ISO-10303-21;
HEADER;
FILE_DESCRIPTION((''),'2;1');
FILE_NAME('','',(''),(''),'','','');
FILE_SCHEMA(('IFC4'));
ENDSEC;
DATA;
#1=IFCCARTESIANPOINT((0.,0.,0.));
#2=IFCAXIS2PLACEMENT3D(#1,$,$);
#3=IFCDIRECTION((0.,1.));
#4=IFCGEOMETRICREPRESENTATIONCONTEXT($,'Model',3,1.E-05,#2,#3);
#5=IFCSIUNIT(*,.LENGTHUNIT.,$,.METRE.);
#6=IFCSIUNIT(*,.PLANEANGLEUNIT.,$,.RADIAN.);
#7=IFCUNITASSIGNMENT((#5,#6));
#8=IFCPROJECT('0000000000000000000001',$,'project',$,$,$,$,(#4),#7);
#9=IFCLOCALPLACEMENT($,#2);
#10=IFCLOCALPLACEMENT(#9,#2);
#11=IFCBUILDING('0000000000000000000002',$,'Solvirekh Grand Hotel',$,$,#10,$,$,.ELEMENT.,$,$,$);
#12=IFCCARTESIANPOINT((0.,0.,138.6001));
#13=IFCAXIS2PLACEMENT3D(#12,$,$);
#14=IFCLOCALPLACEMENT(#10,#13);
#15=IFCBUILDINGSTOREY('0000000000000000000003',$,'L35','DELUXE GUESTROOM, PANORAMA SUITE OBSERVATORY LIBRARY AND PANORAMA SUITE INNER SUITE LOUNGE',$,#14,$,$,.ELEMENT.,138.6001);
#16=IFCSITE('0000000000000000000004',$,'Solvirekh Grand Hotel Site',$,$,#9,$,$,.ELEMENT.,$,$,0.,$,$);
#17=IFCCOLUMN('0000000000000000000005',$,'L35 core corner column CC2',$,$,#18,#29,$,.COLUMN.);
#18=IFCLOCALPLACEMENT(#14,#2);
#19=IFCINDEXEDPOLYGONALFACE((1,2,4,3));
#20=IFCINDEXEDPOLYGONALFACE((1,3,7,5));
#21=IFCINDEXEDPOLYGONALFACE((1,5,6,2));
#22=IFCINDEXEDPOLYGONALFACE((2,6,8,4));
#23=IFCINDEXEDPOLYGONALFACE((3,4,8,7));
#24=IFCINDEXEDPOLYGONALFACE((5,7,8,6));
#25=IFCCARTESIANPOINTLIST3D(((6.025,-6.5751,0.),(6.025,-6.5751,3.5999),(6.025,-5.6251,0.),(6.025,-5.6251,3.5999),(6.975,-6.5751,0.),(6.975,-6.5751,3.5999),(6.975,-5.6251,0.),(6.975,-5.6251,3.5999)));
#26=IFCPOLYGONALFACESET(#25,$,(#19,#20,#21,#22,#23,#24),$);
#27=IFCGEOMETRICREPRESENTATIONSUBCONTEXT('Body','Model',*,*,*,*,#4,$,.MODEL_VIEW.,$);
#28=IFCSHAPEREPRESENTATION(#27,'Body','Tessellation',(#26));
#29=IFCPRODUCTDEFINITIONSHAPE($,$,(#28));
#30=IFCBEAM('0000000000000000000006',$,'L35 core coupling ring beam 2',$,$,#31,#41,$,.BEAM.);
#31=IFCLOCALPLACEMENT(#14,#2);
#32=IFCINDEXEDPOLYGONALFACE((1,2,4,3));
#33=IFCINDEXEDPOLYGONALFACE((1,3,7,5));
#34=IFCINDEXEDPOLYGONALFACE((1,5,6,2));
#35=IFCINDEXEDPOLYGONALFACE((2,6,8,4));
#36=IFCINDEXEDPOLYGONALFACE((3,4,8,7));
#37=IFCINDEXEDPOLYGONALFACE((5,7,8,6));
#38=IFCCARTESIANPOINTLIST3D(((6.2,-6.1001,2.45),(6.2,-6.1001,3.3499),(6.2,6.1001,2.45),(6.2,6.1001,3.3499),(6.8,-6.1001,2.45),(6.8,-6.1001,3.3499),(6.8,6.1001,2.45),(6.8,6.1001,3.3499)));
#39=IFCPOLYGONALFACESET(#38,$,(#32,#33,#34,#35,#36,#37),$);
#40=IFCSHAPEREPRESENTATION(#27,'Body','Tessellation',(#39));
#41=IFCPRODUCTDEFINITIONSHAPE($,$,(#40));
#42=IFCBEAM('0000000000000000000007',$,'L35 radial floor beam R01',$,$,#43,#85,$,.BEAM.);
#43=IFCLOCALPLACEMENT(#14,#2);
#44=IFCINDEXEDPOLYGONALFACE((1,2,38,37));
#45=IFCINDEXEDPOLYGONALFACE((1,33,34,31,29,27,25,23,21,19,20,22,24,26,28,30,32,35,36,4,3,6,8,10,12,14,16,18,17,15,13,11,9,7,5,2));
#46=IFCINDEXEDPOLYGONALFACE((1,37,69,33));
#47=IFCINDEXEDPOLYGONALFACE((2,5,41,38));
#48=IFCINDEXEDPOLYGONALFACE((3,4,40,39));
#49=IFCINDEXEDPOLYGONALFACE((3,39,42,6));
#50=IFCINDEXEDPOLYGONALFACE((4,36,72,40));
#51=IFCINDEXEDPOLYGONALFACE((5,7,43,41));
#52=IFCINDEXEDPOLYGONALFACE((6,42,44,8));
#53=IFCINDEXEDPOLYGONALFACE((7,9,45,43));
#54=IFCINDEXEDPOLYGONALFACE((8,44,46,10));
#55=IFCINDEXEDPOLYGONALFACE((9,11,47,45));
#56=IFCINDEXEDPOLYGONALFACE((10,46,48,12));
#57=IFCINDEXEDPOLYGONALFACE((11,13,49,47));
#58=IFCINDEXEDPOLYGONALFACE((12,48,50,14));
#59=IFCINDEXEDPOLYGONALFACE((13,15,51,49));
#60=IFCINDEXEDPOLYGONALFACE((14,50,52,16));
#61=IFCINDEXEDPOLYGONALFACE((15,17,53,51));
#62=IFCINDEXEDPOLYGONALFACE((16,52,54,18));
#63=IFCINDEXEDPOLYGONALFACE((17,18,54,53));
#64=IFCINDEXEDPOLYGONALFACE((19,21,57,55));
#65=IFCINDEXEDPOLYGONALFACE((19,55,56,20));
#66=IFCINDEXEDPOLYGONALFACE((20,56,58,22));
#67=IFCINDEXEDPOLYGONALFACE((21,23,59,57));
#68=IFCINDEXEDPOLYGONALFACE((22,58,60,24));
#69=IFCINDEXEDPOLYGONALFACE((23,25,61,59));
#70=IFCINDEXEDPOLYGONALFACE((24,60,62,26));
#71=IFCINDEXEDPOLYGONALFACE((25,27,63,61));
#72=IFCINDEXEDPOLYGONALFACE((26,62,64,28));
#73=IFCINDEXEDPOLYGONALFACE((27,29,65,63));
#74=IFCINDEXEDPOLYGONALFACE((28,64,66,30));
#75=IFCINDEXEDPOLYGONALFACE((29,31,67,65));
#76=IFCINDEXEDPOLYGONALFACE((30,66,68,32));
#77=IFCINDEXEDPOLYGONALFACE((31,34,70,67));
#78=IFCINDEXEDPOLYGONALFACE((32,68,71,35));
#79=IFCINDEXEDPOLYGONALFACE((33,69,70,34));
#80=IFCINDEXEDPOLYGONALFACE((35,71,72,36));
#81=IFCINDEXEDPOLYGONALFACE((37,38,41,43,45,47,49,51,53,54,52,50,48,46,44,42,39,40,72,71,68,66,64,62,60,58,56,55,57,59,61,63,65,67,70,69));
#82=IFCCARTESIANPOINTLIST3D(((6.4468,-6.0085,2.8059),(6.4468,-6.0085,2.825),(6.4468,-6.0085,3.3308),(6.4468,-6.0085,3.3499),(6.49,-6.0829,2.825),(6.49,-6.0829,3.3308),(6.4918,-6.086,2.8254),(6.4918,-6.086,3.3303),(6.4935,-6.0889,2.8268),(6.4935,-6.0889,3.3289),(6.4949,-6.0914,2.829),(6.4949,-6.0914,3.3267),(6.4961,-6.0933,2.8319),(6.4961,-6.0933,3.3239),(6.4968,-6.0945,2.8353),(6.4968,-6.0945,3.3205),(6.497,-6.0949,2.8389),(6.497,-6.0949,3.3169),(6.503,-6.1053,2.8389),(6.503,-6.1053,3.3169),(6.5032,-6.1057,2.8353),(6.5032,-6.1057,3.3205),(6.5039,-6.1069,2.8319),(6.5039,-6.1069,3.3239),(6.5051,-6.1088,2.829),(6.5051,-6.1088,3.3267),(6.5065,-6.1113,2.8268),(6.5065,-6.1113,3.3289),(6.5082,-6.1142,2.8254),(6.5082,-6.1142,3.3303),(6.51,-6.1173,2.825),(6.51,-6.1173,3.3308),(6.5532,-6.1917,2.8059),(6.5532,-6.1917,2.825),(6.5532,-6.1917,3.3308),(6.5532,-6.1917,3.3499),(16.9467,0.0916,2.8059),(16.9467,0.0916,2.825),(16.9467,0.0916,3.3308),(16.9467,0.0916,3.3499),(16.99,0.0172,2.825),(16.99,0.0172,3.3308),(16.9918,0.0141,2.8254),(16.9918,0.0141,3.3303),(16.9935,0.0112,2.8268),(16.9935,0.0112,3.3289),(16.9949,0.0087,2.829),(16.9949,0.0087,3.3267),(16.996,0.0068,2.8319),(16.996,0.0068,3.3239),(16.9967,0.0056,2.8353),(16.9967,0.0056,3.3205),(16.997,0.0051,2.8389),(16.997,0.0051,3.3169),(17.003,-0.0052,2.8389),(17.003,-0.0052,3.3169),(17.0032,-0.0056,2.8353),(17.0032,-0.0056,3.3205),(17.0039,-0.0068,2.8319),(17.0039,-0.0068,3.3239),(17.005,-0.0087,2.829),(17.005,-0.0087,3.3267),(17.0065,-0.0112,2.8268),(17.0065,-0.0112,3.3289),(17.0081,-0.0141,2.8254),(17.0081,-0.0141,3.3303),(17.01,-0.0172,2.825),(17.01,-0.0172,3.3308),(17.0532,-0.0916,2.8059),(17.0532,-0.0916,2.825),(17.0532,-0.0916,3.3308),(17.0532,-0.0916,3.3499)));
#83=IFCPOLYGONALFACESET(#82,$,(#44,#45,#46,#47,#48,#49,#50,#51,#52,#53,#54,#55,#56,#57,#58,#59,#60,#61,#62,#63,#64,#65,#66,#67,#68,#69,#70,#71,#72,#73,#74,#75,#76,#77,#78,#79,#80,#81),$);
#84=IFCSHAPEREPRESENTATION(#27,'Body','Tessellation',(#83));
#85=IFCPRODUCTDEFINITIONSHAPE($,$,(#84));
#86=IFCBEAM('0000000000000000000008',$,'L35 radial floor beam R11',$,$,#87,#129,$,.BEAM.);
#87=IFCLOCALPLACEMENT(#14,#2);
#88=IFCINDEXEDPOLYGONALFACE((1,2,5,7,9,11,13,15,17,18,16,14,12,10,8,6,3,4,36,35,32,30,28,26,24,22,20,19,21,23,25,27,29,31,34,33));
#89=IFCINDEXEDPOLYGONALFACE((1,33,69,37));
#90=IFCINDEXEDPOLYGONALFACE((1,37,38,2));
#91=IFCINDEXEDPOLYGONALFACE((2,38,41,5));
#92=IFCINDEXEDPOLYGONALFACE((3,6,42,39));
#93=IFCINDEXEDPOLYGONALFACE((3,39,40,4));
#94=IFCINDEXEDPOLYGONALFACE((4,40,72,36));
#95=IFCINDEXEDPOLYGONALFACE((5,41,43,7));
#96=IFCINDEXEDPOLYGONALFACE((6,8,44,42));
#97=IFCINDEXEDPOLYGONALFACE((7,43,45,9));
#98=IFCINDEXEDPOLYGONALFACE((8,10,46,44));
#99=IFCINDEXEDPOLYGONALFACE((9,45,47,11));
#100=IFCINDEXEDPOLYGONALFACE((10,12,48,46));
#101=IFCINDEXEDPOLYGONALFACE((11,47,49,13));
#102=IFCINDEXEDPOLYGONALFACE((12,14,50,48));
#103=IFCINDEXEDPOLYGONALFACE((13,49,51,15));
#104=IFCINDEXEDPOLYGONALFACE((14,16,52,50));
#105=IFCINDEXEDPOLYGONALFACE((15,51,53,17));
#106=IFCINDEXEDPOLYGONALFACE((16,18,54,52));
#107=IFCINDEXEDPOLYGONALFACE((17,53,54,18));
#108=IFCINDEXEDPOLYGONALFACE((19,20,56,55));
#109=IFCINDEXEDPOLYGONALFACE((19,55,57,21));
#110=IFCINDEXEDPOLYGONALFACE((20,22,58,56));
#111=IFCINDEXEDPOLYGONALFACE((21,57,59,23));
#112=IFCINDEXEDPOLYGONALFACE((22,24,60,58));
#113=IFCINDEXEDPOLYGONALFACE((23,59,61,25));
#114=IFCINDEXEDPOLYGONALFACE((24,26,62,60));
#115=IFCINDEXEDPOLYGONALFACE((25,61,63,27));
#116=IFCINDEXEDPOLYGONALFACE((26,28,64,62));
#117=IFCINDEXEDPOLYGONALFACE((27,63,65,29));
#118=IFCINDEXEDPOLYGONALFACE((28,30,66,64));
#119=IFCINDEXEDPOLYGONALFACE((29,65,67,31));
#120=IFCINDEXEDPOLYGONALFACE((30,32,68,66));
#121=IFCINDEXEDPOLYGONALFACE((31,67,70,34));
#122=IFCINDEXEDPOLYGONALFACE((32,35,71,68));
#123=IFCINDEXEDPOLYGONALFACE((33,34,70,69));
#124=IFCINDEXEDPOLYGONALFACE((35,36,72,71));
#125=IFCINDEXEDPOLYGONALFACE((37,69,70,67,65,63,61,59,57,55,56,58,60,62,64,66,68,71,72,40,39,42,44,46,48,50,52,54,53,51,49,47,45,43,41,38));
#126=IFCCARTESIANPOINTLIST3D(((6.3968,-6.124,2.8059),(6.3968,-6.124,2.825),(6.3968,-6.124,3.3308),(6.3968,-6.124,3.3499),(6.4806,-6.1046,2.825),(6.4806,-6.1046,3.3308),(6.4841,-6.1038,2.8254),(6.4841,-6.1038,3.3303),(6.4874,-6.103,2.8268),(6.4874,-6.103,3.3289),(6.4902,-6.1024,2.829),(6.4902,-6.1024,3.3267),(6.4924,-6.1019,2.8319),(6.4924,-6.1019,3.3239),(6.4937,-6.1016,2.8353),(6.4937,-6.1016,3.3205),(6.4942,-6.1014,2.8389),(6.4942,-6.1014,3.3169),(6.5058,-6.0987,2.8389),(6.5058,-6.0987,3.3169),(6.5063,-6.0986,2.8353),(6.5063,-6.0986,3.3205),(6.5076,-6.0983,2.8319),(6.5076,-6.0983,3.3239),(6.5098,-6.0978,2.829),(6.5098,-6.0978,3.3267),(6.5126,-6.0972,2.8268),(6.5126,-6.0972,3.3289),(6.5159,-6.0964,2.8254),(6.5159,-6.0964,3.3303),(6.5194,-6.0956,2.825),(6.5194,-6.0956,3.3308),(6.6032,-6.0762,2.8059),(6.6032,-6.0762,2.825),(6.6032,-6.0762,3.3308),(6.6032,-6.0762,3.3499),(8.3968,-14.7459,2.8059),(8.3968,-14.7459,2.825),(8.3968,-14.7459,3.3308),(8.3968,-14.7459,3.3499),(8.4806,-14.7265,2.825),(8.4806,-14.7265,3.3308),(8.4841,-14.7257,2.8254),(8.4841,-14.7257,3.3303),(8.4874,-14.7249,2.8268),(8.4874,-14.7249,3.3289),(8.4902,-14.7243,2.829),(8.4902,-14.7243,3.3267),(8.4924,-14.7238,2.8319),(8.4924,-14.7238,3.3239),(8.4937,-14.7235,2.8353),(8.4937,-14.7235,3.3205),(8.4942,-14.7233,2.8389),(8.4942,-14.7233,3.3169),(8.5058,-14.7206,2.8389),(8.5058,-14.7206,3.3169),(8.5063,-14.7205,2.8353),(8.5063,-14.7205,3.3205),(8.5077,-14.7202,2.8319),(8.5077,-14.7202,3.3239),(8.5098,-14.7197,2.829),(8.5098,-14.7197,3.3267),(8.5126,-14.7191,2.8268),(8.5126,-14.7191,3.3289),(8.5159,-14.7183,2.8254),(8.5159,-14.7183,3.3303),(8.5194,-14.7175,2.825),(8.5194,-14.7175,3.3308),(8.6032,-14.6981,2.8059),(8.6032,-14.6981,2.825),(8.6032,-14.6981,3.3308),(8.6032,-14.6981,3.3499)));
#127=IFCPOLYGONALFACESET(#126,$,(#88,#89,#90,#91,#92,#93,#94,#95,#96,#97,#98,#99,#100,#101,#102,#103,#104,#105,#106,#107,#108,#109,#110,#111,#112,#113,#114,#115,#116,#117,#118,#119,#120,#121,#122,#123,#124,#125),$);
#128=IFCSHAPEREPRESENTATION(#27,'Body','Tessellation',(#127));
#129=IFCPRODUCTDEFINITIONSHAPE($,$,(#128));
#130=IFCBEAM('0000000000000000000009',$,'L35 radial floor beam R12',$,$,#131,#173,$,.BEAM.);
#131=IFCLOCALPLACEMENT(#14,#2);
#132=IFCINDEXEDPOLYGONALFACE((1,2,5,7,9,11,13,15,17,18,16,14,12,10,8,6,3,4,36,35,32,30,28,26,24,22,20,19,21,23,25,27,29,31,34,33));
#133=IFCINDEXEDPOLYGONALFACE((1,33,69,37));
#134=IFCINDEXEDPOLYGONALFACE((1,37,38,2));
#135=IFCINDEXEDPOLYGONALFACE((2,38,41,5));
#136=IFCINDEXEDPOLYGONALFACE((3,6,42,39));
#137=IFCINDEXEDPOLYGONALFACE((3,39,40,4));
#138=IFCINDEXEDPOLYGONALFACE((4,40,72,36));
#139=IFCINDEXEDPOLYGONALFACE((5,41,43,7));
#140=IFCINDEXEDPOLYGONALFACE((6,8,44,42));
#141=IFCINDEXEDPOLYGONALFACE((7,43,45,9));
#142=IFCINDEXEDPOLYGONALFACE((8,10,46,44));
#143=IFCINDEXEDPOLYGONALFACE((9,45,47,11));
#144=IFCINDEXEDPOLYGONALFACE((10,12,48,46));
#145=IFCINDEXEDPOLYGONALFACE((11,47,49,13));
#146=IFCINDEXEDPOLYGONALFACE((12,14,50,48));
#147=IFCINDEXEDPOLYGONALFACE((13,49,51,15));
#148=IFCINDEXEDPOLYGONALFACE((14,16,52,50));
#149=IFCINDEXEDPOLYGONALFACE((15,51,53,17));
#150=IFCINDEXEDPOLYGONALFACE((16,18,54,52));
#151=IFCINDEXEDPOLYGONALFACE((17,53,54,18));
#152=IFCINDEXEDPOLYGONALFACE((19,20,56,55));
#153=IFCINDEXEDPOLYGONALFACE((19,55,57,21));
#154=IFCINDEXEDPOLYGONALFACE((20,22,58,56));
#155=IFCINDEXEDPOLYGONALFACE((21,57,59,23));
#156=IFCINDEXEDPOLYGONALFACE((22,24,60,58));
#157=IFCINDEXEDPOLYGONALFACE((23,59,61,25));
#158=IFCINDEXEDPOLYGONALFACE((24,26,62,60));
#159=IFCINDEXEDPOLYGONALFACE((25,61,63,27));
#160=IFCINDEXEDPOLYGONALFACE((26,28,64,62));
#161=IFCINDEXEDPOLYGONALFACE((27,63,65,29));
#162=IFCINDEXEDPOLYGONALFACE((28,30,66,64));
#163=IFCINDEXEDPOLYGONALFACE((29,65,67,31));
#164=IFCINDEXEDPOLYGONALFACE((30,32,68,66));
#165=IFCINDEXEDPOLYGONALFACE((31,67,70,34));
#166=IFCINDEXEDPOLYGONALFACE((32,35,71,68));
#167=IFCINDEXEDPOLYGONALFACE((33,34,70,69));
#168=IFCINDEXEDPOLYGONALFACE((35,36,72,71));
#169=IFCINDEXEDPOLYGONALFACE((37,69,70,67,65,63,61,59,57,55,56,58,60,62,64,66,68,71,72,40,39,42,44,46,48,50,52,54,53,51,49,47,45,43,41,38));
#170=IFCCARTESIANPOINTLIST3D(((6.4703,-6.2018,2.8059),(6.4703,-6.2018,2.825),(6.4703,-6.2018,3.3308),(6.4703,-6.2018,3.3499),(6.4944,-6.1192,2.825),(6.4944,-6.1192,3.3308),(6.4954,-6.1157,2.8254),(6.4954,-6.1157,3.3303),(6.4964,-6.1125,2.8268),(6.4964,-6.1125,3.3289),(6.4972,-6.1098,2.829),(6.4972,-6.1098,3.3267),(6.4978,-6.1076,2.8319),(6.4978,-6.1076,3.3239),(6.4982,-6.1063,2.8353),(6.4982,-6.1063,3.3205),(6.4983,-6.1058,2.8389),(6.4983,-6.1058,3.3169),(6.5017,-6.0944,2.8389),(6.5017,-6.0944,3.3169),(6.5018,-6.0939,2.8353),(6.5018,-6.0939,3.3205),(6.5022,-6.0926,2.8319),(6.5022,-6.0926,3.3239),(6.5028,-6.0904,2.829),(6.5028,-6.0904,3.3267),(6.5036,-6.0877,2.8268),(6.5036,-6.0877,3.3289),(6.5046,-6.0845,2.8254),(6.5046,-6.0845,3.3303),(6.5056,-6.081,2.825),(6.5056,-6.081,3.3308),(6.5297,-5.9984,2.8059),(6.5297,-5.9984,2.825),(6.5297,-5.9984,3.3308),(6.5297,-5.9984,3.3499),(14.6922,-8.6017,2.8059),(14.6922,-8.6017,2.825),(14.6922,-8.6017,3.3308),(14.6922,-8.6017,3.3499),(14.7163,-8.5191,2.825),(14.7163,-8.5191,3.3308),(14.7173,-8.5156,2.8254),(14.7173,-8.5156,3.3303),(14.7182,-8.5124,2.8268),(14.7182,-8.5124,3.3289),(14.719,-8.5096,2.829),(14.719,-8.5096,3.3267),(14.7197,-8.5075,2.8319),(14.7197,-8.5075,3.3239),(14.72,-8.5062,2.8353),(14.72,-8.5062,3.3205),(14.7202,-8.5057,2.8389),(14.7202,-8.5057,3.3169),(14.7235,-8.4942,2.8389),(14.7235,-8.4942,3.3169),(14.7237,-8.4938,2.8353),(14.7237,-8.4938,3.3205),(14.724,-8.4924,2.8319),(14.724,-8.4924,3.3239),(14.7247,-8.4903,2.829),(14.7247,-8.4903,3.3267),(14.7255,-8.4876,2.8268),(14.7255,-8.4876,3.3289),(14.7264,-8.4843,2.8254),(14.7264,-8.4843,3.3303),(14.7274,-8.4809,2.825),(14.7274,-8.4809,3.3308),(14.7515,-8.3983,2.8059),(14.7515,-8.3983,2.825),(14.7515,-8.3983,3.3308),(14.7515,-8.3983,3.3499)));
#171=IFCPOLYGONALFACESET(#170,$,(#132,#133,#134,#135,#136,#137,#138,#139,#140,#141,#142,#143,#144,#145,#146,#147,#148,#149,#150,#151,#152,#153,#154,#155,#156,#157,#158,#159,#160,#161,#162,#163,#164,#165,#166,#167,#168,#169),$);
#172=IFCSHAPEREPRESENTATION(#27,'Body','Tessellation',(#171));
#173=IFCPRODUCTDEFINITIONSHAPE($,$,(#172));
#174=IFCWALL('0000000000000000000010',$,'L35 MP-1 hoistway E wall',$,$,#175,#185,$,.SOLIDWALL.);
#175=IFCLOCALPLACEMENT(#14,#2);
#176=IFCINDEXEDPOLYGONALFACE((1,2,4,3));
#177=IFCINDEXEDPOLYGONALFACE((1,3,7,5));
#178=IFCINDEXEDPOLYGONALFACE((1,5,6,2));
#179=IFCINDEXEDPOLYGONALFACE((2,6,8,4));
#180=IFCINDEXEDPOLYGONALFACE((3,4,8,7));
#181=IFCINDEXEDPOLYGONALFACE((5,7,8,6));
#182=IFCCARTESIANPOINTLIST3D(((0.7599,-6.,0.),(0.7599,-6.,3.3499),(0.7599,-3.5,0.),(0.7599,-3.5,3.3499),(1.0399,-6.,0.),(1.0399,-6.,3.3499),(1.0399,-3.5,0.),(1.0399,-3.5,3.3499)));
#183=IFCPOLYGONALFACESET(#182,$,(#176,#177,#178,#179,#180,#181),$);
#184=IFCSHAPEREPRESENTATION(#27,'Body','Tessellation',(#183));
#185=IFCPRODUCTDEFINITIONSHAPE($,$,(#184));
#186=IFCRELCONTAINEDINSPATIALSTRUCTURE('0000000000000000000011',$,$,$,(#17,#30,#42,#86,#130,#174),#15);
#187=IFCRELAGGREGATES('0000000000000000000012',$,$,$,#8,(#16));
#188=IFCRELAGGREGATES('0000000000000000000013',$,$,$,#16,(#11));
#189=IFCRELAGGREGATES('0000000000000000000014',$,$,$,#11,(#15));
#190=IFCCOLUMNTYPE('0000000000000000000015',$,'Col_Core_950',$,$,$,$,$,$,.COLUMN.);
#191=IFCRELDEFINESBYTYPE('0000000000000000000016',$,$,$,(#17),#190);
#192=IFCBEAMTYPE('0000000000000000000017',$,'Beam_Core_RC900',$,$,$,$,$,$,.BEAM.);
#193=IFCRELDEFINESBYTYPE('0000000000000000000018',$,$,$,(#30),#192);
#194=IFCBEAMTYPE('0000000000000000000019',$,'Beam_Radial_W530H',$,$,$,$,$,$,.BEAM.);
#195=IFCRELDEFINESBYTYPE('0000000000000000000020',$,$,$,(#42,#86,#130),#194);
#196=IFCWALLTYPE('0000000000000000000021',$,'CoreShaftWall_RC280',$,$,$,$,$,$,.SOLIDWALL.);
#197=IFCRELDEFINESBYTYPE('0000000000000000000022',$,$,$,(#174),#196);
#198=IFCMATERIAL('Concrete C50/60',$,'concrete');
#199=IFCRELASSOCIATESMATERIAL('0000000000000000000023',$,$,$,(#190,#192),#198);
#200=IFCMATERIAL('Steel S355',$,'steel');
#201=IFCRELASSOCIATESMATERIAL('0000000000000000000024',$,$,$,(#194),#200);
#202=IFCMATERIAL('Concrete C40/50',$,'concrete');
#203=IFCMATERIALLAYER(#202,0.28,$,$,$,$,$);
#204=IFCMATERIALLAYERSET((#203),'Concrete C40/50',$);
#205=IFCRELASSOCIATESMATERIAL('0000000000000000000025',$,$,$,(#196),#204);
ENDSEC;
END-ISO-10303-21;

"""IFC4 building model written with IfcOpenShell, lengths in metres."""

from ifc_helpers import new_model, si_unit, direction, frame, frame_2d, origin, origin_2d, place, context, subcontext, project, spatial, rectangle, i_section, extrude, material, layer, layer_set, material_profile, profile_set, type_object, element, save


model = new_model("IFC4")

# Units and contexts
model_context = context("Model", 3, precision=1e-05, world=origin(), true_north=direction((0.0, 1.0)))
body_context = subcontext(model_context, "Body", "Model", "MODEL_VIEW")
ifc_project = project(units=[si_unit("LENGTHUNIT", "METRE"), si_unit("PLANEANGLEUNIT", "RADIAN")], contexts=[model_context])

# Site, building, storey
site_placement = place(None, origin())
site = spatial("IfcSite", under=ifc_project, at=site_placement, Name="Solvirekh Grand Hotel Site", CompositionType="ELEMENT", RefElevation=0.0)
building_placement = place(site_placement, origin())
building = spatial("IfcBuilding", under=site, at=building_placement, Name="Solvirekh Grand Hotel", CompositionType="ELEMENT")
storey_placement = place(building_placement, frame((0.0, 0.0, 138.6001)))
storey = spatial("IfcBuildingStorey", under=building, at=storey_placement, Name="L35", Description="DELUXE GUESTROOM, PANORAMA SUITE OBSERVATORY LIBRARY AND PANORAMA SUITE INNER SUITE LOUNGE", CompositionType="ELEMENT", Elevation=138.6001)

# Column
ifc_material_1 = material(Name="Concrete C50/60", Category="concrete")
ifc_material_profile_1 = material_profile(ifc_material_1, rectangle(XDim=0.95, YDim=0.95, at=origin_2d()), Name="RC 950X950")
ifc_profile_set_1 = profile_set([ifc_material_profile_1], Name="Concrete C50/60")
column_type = type_object("IfcColumnType", Name="Col_Core_950", PredefinedType="COLUMN", material=ifc_profile_set_1)
column_placement = place(storey_placement, frame((6.5, -6.1001, 0.0), z_axis=(0.0, 0.0, 1.0), x_axis=(1.0, 0.0, 0.0)))
element("IfcColumn", 1, at=column_placement, inside=storey, type_object=column_type, Name="L35 core corner column CC2", PredefinedType="COLUMN", context=body_context, shape_type="SweptSolid", body=[
    extrude(rectangle(XDim=0.95, YDim=0.95, at=origin_2d()), origin(), (0.0, 0.0, 1.0), 3.5999),
])

# Beams
ifc_material_profile_2 = material_profile(ifc_material_1, rectangle(XDim=0.6001, YDim=0.8999, at=origin_2d()), Name="RC BEAM 600X900")
ifc_profile_set_2 = profile_set([ifc_material_profile_2], Name="Concrete C50/60")
beam_type_1 = type_object("IfcBeamType", Name="Beam_Core_RC900", PredefinedType="BEAM", material=ifc_profile_set_2)
beam_1_placement = place(storey_placement, frame((6.5, -6.1001, 2.8999), z_axis=(0.0, 1.0, 0.0), x_axis=(-1.0, 0.0, 0.0)))
element("IfcBeam", 2, at=beam_1_placement, inside=storey, type_object=beam_type_1, Name="L35 core coupling ring beam 2", PredefinedType="BEAM", context=body_context, shape_type="SweptSolid", body=[
    extrude(rectangle(XDim=0.6001, YDim=0.8999, at=origin_2d()), origin(), (0.0, 0.0, 1.0), 12.2002),
])
ifc_material_2 = material(Name="Steel S355", Category="steel")
ifc_material_profile_3 = material_profile(ifc_material_2, i_section(OverallWidth=0.2119, OverallDepth=0.5439, WebThickness=0.012, FlangeThickness=0.019, FilletRadius=0.0139, at=origin_2d()), Name="W530X123")
ifc_profile_set_3 = profile_set([ifc_material_profile_3], Name="Steel S355")
beam_type_2 = type_object("IfcBeamType", Name="Beam_Radial_W530H", PredefinedType="BEAM", material=ifc_profile_set_3)
beam_2_placement = place(storey_placement, frame((6.5, -6.1001, 3.0779), z_axis=(0.86467, 0.50234, 0.0), x_axis=(-0.50234, 0.86467, 0.0)))
element("IfcBeam", 3, at=beam_2_placement, inside=storey, type_object=beam_type_2, Name="L35 radial floor beam R01", PredefinedType="BEAM", context=body_context, shape_type="SweptSolid", body=[
    extrude(i_section(OverallWidth=0.2119, OverallDepth=0.5439, WebThickness=0.012, FlangeThickness=0.019, FilletRadius=0.0139, at=origin_2d()), origin(), (0.0, 0.0, 1.0), 12.1433),
])
beam_3_placement = place(storey_placement, frame((6.5, -6.1001, 3.0779), z_axis=(0.225969, -0.974134, 0.0), x_axis=(0.974134, 0.225969, 0.0)))
element("IfcBeam", 4, at=beam_3_placement, inside=storey, type_object=beam_type_2, Name="L35 radial floor beam R11", PredefinedType="BEAM", context=body_context, shape_type="SweptSolid", body=[
    extrude(i_section(OverallWidth=0.2119, OverallDepth=0.5439, WebThickness=0.012, FlangeThickness=0.019, FilletRadius=0.0139, at=origin_2d()), origin(), (0.0, 0.0, 1.0), 8.8508),
])
beam_4_placement = place(storey_placement, frame((6.5, -6.1001, 3.0779), z_axis=(0.959942, -0.280198, 0.0), x_axis=(0.280198, 0.959942, 0.0)))
element("IfcBeam", 5, at=beam_4_placement, inside=storey, type_object=beam_type_2, Name="L35 radial floor beam R12", PredefinedType="BEAM", context=body_context, shape_type="SweptSolid", body=[
    extrude(i_section(OverallWidth=0.2119, OverallDepth=0.5439, WebThickness=0.012, FlangeThickness=0.019, FilletRadius=0.0139, at=origin_2d()), origin(), (0.0, 0.0, 1.0), 8.5649),
])

# Wall
ifc_material_3 = material(Name="Concrete C40/50", Category="concrete")
ifc_layer_1 = layer(ifc_material_3, 0.28)
ifc_layer_set_1 = layer_set([ifc_layer_1], Name="Concrete C40/50")
wall_type_1 = type_object("IfcWallType", Name="CoreShaftWall_RC280", PredefinedType="SOLIDWALL", material=ifc_layer_set_1)
wall_1_placement = place(storey_placement, frame((0.8999, -6.0, 0.0), z_axis=(0.0, 0.0, 1.0), x_axis=(0.0, 1.0, 0.0)))
element("IfcWall", 6, at=wall_1_placement, inside=storey, type_object=wall_type_1, Name="L35 MP-1 hoistway E wall", PredefinedType="SOLIDWALL", context=body_context, shape_type="SweptSolid", body=[
    extrude(rectangle(XDim=2.5, YDim=0.28, at=frame_2d((1.25, 0.0))), origin(), (0.0, 0.0, 1.0), 3.3499),
])

save(model, "model.ifc")
